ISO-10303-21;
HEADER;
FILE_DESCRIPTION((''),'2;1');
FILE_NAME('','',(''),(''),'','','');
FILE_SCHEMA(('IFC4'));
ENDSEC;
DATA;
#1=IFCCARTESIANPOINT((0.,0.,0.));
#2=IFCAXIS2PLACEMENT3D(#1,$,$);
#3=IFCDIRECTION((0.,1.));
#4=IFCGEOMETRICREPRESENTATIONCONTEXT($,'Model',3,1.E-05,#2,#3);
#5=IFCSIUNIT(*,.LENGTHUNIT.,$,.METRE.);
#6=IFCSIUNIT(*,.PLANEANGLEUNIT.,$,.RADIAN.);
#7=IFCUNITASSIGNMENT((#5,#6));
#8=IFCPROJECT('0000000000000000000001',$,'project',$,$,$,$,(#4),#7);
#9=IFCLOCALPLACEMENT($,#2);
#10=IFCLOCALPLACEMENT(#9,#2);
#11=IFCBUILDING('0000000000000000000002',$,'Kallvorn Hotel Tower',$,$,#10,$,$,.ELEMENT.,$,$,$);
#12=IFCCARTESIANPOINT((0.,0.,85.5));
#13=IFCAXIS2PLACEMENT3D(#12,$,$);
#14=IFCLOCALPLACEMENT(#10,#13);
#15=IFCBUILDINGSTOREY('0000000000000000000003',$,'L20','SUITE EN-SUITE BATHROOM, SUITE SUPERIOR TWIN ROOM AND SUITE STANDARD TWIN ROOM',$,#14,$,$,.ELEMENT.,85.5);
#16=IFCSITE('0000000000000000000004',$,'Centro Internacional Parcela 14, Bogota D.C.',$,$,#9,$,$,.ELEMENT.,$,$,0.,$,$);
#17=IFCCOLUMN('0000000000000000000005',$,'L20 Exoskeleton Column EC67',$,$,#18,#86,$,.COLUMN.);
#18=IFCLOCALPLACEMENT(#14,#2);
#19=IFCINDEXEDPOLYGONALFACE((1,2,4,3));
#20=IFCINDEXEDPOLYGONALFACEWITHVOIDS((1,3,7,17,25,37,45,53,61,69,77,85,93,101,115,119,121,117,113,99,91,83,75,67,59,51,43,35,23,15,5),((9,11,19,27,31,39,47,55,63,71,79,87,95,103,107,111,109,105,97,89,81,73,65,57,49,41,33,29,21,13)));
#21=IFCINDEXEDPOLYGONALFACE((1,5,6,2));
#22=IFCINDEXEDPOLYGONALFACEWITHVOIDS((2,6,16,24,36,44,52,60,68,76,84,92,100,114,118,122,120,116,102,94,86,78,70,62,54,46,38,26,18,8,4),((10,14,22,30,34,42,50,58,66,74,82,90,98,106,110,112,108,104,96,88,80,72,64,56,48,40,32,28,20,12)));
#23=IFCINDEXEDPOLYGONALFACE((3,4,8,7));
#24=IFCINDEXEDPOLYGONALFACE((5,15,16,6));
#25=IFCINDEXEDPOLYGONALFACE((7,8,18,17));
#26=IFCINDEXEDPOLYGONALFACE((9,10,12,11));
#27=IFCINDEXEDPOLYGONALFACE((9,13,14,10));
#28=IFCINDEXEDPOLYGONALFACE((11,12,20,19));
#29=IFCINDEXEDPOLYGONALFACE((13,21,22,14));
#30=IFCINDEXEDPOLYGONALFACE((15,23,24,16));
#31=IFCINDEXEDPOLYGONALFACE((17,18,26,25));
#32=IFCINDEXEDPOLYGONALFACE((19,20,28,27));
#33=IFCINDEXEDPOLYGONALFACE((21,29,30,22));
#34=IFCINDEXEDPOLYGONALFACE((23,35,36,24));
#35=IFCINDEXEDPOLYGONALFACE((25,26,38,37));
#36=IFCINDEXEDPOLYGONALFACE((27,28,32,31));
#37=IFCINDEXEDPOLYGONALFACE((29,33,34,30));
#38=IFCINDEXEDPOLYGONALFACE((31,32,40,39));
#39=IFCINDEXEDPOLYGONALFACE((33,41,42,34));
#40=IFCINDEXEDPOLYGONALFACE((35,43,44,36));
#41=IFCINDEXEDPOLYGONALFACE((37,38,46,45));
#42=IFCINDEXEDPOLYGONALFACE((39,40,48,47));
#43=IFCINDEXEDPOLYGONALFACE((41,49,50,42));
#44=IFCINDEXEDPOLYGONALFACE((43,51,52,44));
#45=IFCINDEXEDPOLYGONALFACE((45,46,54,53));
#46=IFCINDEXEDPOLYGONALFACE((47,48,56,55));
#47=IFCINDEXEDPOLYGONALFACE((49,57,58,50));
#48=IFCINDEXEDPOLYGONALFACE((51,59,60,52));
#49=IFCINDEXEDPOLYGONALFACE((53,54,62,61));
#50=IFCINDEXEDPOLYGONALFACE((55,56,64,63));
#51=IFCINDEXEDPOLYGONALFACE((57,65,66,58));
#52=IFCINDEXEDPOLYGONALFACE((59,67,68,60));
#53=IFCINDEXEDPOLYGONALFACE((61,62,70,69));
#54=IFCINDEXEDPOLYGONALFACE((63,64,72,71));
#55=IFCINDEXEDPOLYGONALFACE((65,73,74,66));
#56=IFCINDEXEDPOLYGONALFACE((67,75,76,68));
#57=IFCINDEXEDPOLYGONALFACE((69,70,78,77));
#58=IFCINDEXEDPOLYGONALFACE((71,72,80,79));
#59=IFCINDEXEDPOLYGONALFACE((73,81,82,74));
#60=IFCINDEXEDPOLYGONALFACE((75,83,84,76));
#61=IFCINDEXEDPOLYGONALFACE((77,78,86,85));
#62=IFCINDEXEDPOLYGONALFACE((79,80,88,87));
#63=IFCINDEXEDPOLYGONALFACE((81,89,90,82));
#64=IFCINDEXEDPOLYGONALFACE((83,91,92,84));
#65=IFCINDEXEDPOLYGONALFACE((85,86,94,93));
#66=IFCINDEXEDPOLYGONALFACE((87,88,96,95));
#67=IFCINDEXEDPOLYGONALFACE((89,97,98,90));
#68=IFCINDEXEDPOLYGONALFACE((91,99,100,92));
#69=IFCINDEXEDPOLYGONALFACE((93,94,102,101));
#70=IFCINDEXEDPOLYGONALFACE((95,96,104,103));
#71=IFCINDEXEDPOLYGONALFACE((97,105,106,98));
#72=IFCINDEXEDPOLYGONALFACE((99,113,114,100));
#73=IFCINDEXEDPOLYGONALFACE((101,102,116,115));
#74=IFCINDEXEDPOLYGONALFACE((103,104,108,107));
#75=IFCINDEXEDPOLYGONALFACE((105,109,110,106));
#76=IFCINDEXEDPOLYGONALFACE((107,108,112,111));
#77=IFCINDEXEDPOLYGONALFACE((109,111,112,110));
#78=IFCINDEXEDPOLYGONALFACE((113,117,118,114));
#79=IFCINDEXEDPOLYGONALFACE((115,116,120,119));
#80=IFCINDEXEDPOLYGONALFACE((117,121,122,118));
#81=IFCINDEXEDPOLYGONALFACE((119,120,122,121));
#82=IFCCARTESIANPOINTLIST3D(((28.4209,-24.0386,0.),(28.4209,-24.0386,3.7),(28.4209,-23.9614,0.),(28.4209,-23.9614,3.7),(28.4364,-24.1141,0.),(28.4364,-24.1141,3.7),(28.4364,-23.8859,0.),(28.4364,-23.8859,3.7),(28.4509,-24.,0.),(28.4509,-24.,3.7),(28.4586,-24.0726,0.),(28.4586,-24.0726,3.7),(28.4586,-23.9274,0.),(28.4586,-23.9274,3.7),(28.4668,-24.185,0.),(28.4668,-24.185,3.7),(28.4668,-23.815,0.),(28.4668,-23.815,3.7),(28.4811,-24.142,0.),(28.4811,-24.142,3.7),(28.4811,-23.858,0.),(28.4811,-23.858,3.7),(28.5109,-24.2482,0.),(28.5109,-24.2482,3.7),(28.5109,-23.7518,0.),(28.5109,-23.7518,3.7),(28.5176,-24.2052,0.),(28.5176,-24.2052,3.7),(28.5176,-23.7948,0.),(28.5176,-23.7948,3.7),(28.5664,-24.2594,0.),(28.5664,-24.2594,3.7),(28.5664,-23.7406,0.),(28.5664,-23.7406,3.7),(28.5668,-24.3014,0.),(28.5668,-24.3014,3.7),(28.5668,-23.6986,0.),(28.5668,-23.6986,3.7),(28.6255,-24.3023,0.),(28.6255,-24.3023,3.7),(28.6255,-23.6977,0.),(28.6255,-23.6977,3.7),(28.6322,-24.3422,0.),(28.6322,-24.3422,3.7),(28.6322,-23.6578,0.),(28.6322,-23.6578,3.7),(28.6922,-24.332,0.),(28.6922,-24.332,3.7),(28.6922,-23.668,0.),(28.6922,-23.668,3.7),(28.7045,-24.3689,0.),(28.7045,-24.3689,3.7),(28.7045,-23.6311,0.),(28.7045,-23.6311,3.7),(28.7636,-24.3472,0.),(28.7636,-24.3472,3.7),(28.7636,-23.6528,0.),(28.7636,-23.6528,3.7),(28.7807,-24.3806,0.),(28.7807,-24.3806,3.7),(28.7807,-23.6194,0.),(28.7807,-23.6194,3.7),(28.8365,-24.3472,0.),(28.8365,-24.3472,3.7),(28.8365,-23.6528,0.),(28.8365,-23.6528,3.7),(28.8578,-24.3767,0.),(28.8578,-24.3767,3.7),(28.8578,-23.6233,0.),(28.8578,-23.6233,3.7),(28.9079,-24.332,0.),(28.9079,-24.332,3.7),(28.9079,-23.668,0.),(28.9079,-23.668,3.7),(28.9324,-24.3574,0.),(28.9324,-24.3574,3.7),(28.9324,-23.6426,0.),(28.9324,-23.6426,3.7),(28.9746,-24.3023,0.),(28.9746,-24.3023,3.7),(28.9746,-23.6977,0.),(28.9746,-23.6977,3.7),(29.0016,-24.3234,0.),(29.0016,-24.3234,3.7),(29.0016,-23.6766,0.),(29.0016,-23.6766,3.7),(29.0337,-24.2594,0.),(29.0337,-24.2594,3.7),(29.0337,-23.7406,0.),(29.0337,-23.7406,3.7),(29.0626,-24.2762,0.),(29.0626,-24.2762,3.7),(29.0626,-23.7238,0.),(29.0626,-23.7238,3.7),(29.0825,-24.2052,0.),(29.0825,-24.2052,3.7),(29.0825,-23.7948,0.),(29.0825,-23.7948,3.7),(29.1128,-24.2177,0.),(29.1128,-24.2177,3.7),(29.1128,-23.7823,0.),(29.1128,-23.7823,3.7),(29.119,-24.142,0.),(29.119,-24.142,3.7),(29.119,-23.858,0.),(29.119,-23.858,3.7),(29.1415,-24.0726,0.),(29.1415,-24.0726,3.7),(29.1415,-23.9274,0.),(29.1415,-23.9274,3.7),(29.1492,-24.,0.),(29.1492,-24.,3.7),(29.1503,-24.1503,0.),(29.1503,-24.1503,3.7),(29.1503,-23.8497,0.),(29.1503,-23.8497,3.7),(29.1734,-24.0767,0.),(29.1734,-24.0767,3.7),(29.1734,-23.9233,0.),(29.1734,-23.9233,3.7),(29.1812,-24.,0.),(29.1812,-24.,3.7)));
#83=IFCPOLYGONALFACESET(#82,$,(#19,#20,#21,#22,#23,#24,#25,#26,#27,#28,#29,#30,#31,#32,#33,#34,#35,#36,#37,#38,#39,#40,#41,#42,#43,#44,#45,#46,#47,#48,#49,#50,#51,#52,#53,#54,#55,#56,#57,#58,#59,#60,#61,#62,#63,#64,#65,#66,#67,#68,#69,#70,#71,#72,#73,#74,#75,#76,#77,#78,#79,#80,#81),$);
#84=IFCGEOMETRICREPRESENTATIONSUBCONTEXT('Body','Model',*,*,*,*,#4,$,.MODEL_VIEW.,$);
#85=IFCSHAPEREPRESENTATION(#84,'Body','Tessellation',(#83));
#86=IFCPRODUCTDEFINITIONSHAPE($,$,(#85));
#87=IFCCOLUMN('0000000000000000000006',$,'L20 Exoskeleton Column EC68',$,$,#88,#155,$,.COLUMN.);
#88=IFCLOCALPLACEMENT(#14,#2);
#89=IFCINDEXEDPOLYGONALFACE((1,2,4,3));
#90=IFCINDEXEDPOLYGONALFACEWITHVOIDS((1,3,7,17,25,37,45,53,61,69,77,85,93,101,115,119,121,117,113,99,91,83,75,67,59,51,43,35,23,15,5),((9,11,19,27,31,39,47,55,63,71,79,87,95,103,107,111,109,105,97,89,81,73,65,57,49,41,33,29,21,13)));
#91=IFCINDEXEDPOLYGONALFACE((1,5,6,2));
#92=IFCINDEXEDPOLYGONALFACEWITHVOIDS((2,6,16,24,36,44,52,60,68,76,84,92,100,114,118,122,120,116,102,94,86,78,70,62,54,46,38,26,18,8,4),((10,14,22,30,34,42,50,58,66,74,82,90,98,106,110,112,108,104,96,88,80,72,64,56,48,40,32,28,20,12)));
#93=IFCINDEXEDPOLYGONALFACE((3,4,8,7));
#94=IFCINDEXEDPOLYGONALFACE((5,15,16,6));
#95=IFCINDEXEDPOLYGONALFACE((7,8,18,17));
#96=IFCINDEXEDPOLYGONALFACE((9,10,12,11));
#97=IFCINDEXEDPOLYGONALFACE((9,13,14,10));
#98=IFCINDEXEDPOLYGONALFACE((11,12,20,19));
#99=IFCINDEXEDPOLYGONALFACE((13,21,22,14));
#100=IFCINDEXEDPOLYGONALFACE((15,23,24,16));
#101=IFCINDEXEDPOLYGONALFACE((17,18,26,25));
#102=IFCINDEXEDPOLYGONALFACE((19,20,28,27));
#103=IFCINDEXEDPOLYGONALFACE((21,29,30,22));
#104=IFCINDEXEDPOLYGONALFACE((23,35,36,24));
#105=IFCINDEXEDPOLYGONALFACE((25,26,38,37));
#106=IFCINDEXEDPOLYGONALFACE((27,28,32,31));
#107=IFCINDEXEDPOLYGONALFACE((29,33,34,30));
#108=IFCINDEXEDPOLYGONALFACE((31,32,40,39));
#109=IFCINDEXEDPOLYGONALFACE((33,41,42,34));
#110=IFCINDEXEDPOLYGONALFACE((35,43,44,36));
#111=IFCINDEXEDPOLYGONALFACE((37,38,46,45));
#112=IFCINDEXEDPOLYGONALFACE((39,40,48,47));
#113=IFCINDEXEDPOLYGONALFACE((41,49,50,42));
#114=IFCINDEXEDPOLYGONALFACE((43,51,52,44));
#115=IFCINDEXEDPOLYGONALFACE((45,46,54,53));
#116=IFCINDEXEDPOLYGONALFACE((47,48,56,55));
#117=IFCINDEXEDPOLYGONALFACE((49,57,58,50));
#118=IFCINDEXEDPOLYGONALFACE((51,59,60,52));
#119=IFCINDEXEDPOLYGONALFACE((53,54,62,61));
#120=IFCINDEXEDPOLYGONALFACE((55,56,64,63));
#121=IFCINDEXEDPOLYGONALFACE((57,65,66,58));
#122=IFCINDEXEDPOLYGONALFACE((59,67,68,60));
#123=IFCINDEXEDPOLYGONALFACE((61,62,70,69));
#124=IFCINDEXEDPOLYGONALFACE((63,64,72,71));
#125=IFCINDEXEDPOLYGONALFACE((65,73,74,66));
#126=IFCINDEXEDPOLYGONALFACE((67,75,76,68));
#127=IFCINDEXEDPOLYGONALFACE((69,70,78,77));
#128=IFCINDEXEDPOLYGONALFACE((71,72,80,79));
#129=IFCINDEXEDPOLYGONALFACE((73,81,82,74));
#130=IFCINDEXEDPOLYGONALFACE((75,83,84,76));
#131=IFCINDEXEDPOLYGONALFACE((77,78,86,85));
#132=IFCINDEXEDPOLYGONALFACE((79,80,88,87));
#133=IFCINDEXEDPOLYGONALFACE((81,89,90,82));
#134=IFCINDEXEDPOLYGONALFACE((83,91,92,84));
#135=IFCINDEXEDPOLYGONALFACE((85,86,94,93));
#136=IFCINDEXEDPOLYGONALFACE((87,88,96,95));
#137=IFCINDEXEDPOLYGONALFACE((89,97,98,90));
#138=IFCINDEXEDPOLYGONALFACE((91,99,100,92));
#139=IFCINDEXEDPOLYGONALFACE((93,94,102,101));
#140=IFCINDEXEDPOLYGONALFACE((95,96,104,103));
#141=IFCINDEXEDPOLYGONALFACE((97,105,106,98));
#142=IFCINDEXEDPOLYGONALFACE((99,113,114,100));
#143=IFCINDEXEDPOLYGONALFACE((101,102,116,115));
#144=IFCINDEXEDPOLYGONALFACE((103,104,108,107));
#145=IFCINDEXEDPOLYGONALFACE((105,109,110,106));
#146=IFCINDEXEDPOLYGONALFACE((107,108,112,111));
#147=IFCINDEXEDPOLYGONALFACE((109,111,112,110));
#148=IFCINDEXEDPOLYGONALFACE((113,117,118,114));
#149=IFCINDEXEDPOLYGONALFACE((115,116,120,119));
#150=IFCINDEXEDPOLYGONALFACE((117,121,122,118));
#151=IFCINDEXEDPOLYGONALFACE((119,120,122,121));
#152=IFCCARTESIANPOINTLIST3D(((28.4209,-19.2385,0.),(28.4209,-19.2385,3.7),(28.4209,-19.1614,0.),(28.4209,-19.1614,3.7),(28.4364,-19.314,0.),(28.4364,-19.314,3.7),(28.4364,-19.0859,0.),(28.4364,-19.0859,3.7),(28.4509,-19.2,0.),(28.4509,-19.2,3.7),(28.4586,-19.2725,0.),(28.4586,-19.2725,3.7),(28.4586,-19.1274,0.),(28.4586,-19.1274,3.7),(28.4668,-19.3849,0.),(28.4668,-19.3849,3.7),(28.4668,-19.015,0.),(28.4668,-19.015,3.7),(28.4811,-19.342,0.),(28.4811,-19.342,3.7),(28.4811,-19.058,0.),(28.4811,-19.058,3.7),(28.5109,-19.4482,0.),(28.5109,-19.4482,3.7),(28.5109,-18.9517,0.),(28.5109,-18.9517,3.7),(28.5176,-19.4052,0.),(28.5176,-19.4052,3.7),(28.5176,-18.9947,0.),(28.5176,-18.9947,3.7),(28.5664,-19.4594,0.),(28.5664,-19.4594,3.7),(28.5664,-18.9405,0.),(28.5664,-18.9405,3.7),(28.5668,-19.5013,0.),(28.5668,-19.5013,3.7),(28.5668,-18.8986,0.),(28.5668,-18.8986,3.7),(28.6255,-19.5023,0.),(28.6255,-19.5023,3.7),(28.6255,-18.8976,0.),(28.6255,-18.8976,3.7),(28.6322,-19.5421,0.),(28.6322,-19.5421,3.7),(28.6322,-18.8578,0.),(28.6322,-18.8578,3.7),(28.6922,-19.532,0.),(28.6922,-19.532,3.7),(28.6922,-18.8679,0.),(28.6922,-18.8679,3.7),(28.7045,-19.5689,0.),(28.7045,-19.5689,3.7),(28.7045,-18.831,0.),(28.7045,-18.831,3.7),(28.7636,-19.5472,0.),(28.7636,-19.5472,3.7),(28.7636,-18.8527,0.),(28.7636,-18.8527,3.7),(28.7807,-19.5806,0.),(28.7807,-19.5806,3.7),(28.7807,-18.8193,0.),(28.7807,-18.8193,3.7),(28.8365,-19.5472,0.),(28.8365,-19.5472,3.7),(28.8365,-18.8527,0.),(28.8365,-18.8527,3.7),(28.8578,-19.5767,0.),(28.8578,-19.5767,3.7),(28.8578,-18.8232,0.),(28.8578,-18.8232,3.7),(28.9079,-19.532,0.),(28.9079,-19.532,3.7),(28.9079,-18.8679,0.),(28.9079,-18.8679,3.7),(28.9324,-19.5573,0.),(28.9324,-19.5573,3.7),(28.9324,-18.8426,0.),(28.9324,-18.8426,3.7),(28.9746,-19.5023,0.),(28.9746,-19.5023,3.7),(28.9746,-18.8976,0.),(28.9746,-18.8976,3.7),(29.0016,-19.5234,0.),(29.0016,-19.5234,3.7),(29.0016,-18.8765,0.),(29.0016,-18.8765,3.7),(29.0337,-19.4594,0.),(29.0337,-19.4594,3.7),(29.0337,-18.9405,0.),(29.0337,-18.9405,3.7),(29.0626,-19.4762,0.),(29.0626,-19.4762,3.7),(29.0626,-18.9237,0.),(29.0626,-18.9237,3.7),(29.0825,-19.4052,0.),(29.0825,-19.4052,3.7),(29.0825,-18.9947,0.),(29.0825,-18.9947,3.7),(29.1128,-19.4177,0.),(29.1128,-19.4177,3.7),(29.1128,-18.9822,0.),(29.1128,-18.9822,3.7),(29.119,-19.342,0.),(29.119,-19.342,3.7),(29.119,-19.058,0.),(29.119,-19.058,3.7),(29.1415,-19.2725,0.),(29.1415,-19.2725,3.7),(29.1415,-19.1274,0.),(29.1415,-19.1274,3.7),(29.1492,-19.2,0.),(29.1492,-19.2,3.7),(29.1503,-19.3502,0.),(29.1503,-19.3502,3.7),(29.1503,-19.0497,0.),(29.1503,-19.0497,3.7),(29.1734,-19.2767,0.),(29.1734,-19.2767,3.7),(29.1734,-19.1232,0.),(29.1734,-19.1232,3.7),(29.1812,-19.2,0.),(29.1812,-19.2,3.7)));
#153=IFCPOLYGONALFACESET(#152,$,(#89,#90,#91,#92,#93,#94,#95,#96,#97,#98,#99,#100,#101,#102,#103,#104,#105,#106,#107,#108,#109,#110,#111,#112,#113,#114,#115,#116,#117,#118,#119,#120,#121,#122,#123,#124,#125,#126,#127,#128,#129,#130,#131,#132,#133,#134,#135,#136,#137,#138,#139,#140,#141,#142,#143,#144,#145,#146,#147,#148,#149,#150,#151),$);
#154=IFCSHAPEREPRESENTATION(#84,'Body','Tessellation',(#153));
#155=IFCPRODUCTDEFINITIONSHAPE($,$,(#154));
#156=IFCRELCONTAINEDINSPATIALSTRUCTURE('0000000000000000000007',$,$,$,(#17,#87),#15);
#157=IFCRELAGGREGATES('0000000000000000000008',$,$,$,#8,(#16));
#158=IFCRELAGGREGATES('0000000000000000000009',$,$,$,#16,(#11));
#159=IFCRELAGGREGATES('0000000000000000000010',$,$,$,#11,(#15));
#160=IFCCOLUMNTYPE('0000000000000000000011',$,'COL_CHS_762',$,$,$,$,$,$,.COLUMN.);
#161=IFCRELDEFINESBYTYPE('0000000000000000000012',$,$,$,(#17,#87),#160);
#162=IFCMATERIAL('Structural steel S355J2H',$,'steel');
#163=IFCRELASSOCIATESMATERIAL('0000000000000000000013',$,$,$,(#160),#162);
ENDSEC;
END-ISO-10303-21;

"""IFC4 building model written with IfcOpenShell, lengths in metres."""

from ifc_helpers import new_model, si_unit, direction, frame, origin, origin_2d, place, context, subcontext, project, spatial, hollow_circle, extrude, material, material_profile, profile_set, type_object, element, save


model = new_model("IFC4")

# Units and contexts
model_context = context("Model", 3, precision=1e-05, world=origin(), true_north=direction((0.0, 1.0)))
body_context = subcontext(model_context, "Body", "Model", "MODEL_VIEW")
ifc_project = project(units=[si_unit("LENGTHUNIT", "METRE"), si_unit("PLANEANGLEUNIT", "RADIAN")], contexts=[model_context])

# Site, building, storey
site_placement = place(None, origin())
site = spatial("IfcSite", under=ifc_project, at=site_placement, Name="Centro Internacional Parcela 14, Bogota D.C.", CompositionType="ELEMENT", RefElevation=0.0)
building_placement = place(site_placement, origin())
building = spatial("IfcBuilding", under=site, at=building_placement, Name="Kallvorn Hotel Tower", CompositionType="ELEMENT")
storey_placement = place(building_placement, frame((0.0, 0.0, 85.5)))
storey = spatial("IfcBuildingStorey", under=building, at=storey_placement, Name="L20", Description="SUITE EN-SUITE BATHROOM, SUITE SUPERIOR TWIN ROOM AND SUITE STANDARD TWIN ROOM", CompositionType="ELEMENT", Elevation=85.5)

# Columns
ifc_material_1 = material(Name="Structural steel S355J2H", Category="steel")
ifc_material_profile_1 = material_profile(ifc_material_1, hollow_circle(Radius=0.3811, WallThickness=0.032, at=origin_2d()), Name="CHS 762x32")
ifc_profile_set_1 = profile_set([ifc_material_profile_1], Name="Structural steel S355J2H")
column_type = type_object("IfcColumnType", Name="COL_CHS_762", PredefinedType="COLUMN", material=ifc_profile_set_1)
for number, where, z_axis, x_axis, name in (
    (1, (28.8, -24.0, 0.0), (0.0, 0.0, 1.0), (1.0, 0.0, 0.0), "L20 Exoskeleton Column EC67"),
    (2, (28.8, -19.2, 0.0), (0.0, 0.0, 1.0), (1.0, 0.0, 0.0), "L20 Exoskeleton Column EC68"),
):
    element("IfcColumn", number, at=place(storey_placement, frame(where, z_axis=z_axis, x_axis=x_axis)), inside=storey, type_object=column_type, Name=name, PredefinedType="COLUMN", context=body_context, shape_type="SweptSolid", body=[
        extrude(hollow_circle(Radius=0.3811, WallThickness=0.032, at=origin_2d()), origin(), (0.0, 0.0, 1.0), 3.7),
    ])

save(model, "model.ifc")
